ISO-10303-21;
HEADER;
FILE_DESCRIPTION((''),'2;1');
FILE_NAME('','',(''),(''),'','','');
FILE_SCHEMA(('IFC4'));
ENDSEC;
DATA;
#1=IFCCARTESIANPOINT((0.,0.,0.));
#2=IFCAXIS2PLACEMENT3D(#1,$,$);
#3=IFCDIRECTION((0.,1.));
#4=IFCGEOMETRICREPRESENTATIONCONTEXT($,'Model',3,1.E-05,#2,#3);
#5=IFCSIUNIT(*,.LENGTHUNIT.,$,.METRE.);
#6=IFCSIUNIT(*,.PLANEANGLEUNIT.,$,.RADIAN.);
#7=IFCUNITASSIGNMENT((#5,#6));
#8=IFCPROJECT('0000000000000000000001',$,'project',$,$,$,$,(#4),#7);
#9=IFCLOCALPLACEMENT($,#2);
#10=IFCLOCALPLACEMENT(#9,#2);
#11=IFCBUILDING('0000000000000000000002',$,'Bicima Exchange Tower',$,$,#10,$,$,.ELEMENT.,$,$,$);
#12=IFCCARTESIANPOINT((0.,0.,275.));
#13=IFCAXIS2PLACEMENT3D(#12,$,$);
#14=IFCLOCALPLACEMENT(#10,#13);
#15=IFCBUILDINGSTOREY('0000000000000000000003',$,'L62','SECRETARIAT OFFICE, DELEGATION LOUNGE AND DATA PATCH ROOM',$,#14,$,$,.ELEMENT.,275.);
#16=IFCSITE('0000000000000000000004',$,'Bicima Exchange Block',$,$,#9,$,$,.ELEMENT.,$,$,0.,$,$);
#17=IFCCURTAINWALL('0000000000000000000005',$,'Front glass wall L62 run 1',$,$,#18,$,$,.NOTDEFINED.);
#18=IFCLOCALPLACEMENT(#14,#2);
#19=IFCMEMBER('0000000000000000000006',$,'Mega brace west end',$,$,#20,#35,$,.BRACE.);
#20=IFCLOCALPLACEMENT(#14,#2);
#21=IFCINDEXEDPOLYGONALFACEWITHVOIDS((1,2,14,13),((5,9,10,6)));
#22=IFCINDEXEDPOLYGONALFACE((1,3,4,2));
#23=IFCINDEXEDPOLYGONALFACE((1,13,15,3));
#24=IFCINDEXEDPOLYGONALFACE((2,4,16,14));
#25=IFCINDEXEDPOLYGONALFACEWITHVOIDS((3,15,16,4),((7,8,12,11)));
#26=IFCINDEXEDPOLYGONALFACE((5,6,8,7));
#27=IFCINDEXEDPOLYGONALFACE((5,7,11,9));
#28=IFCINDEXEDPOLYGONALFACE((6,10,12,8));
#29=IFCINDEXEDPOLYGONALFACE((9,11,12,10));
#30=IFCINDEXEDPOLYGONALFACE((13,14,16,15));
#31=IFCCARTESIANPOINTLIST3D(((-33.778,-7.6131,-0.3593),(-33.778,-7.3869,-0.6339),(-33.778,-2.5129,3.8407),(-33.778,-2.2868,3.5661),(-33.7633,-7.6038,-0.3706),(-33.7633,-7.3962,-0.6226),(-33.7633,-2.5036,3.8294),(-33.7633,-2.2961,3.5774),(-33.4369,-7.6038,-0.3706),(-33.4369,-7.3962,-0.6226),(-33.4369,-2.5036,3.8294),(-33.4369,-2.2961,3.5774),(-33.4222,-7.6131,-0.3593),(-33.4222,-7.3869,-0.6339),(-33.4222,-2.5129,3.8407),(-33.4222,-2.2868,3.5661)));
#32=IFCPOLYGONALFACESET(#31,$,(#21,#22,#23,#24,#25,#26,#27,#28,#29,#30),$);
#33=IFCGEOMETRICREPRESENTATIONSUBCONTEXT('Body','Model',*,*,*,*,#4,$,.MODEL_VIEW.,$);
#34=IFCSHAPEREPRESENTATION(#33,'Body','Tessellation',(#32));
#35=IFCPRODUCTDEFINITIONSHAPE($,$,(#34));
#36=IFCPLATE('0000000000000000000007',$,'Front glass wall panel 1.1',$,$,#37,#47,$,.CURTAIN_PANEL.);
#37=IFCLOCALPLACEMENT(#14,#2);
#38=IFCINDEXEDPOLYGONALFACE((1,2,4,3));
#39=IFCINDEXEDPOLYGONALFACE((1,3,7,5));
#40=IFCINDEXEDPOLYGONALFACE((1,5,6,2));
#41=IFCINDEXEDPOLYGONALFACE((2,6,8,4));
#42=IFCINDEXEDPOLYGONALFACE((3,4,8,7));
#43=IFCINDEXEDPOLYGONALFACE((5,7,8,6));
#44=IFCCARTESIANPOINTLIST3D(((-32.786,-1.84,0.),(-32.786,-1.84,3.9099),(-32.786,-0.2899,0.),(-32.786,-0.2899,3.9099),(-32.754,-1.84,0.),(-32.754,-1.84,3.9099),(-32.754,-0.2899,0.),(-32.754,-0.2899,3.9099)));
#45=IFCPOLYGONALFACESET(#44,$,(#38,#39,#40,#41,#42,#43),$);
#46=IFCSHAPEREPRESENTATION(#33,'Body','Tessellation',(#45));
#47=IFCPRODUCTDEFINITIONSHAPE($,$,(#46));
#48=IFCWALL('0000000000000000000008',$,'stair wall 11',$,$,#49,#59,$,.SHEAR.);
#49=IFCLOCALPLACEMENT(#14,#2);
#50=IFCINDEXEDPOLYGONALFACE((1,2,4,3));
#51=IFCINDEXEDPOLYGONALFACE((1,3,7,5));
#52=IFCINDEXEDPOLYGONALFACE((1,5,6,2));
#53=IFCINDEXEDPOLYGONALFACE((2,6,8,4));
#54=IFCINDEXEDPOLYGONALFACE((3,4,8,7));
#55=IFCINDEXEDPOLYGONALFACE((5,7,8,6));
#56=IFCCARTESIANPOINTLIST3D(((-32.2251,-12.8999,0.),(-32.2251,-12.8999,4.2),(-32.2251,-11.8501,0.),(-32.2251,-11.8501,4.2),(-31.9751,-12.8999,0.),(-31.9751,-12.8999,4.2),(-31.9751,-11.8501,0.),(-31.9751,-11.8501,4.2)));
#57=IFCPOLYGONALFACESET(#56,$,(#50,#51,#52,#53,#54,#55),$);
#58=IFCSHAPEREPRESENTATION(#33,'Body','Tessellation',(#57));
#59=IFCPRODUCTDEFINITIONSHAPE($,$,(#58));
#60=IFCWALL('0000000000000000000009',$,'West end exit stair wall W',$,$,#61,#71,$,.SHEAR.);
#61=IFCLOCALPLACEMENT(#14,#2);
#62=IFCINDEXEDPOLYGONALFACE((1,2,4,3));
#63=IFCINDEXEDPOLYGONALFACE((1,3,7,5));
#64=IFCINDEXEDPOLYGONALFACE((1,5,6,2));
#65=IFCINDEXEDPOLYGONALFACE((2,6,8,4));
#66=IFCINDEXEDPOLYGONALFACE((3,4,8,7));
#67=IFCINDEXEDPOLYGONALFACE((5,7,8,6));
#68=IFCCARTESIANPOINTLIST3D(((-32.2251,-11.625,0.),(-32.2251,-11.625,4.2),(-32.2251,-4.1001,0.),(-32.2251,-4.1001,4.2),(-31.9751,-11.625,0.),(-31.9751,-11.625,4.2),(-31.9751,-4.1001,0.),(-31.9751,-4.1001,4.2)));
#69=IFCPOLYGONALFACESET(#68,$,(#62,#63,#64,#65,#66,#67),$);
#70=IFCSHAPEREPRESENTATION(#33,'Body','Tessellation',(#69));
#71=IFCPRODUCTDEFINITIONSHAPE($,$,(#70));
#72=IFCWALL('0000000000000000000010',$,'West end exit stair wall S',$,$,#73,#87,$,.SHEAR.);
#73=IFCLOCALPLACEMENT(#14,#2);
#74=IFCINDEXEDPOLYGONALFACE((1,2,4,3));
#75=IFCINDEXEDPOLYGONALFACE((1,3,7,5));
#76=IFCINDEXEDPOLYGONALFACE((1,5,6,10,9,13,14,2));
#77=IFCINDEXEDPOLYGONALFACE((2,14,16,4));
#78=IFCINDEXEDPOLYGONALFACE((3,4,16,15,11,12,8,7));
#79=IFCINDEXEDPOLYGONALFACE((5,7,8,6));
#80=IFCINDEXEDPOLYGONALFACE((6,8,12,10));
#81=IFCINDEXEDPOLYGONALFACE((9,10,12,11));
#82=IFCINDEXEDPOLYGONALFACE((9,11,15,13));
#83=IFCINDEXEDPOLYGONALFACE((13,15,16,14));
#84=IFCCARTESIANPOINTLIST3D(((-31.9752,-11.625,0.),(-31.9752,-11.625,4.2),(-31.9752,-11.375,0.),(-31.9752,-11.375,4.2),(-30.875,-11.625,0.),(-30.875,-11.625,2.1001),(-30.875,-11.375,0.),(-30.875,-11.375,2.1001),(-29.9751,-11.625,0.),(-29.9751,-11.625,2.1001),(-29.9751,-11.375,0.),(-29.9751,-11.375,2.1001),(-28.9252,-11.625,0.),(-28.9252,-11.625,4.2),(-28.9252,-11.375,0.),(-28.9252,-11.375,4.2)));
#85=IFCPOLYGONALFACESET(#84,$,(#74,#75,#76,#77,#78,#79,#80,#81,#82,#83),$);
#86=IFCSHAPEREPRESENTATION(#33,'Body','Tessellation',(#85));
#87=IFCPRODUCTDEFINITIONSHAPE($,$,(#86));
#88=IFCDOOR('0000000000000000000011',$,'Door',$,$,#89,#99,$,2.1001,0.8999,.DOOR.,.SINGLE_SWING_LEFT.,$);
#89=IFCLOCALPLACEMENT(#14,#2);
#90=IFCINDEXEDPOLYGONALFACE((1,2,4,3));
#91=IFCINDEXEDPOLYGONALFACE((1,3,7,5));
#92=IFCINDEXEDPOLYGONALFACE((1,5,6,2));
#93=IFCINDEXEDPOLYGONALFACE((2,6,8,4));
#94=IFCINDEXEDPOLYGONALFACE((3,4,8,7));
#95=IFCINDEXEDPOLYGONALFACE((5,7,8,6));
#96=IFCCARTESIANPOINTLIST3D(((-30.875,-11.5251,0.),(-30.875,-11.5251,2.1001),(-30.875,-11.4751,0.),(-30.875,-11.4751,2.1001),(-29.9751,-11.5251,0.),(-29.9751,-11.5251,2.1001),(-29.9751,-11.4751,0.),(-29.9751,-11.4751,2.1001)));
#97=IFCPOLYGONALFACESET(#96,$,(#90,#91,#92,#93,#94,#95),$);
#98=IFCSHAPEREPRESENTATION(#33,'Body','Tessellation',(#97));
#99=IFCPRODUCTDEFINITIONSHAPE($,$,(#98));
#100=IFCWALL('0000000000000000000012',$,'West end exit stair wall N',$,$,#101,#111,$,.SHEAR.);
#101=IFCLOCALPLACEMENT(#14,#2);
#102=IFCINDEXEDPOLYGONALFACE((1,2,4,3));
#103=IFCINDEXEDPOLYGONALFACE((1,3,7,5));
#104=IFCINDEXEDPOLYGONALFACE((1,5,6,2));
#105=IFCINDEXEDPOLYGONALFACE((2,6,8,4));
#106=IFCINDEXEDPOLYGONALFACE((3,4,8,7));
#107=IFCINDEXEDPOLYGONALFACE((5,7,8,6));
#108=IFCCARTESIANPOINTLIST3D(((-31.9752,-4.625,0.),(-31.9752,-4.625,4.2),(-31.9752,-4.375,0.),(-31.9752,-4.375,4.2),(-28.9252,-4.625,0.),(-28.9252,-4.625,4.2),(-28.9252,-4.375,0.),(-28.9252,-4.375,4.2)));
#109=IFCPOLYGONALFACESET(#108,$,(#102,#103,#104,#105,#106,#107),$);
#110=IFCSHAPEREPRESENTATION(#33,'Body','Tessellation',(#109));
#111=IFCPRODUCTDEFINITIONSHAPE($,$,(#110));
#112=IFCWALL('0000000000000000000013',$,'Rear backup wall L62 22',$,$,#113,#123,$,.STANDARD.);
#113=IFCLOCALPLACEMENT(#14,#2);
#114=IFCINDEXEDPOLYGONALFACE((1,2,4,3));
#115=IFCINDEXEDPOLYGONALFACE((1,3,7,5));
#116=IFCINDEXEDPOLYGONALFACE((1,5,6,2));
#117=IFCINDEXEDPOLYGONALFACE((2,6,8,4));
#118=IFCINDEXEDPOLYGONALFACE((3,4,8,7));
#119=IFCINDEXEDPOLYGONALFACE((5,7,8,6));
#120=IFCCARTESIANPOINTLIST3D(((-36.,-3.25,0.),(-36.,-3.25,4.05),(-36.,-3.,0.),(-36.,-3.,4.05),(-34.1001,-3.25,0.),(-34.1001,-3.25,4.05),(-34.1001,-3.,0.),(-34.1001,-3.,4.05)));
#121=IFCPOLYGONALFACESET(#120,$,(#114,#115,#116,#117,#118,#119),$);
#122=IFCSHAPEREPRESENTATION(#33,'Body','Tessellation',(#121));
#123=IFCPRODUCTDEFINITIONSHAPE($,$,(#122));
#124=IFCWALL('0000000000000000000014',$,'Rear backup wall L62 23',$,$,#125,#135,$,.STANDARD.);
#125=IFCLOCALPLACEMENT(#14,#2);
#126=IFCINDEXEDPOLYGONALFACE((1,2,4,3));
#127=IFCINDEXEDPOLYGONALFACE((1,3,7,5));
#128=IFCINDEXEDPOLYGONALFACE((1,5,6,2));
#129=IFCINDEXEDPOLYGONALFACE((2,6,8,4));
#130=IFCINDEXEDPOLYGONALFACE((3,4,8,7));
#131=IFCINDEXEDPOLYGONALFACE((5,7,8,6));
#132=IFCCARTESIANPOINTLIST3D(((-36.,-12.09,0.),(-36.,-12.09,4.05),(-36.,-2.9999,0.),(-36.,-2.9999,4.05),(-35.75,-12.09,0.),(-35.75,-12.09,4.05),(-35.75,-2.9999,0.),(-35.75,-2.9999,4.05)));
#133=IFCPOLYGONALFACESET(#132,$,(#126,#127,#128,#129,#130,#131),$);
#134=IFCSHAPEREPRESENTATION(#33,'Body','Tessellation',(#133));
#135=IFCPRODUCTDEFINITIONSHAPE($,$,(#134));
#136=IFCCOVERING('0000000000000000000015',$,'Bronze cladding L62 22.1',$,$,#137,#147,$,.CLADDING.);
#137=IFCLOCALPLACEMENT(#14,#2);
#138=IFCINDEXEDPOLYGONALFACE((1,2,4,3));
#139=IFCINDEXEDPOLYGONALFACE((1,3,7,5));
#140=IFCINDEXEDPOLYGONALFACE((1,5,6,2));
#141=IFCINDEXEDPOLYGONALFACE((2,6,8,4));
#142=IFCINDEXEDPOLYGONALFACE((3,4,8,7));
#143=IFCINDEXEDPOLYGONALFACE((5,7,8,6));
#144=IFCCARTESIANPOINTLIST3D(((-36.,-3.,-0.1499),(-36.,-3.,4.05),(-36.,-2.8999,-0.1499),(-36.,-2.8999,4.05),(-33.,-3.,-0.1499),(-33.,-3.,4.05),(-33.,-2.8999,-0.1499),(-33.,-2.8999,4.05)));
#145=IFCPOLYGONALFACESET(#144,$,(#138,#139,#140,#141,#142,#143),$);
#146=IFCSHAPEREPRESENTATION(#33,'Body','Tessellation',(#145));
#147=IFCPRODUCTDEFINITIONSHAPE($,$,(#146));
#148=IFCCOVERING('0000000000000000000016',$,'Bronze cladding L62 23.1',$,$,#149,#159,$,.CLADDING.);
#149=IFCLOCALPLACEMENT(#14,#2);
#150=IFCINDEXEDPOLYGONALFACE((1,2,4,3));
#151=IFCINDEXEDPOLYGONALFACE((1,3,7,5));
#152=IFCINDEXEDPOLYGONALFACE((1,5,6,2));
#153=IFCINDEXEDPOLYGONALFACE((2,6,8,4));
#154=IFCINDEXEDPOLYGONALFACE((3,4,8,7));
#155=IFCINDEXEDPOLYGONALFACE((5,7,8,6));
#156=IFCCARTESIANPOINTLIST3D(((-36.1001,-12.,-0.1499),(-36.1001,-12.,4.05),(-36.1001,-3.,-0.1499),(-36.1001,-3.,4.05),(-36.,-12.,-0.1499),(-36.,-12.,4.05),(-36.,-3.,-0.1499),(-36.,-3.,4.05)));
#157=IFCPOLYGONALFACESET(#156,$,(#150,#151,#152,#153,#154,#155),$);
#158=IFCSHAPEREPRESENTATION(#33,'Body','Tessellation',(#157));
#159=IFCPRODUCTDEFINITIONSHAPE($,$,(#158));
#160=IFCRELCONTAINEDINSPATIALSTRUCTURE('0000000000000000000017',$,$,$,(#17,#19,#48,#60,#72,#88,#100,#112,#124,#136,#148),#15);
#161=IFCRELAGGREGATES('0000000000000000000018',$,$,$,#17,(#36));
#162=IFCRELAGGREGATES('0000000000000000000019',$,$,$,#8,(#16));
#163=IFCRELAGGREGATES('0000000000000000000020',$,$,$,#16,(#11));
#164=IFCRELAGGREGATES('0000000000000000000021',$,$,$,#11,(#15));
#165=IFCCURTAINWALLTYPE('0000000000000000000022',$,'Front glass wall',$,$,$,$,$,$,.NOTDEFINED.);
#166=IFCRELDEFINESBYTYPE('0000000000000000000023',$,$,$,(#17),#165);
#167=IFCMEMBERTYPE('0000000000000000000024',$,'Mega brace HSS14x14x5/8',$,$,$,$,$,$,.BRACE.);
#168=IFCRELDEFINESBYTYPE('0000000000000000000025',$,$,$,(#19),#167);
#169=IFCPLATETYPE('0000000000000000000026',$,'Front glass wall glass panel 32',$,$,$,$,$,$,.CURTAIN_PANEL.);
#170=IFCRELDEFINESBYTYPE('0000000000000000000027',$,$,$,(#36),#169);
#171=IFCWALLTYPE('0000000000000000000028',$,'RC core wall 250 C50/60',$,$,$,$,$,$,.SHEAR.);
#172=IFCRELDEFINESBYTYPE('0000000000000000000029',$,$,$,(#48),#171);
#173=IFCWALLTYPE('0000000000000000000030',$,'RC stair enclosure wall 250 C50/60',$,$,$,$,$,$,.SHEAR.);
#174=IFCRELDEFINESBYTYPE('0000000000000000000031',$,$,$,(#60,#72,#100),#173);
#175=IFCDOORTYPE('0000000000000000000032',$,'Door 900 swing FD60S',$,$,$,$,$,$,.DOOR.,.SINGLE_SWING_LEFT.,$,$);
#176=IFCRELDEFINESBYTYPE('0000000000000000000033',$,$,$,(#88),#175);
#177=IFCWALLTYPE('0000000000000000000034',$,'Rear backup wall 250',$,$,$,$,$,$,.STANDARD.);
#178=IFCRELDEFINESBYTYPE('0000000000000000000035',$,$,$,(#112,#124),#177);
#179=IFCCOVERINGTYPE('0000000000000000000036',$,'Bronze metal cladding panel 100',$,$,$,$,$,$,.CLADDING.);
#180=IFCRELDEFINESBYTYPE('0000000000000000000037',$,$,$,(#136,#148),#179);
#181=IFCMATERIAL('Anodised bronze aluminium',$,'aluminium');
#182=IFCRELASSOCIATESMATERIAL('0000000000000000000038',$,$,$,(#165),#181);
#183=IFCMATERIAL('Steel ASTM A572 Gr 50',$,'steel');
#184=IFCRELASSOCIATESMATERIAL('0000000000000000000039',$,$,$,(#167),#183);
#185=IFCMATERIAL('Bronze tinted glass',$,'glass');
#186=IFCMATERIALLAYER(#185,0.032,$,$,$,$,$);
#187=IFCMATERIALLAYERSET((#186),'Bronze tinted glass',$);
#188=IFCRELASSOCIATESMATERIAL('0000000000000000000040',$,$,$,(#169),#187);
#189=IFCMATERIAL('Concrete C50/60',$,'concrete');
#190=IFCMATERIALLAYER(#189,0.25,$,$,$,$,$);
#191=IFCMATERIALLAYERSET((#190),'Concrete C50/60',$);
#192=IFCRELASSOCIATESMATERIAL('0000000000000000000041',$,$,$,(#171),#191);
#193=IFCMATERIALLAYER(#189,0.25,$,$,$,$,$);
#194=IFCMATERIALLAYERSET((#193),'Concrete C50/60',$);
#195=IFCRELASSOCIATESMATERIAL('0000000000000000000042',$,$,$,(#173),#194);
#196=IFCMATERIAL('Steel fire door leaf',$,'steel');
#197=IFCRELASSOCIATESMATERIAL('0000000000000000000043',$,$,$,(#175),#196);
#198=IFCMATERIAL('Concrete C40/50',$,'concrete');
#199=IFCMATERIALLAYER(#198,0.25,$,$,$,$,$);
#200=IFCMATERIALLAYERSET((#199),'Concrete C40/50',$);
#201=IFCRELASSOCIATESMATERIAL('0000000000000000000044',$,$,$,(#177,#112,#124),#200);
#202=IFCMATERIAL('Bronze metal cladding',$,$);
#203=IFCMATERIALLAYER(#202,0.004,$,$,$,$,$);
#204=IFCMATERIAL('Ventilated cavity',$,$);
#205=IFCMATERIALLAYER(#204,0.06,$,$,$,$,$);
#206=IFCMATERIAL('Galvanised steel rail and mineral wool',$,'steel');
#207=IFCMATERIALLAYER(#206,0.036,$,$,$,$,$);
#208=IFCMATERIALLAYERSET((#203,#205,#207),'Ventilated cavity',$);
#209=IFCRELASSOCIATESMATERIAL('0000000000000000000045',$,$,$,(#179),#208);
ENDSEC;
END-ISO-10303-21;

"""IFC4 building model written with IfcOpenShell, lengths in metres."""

from ifc_helpers import new_model, si_unit, direction, frame, frame_2d, origin, origin_2d, place, context, subcontext, project, spatial, rectangle, hollow_rectangle, extrude, material, layer, layer_set, layer_usage, material_profile, profile_set, type_object, element, fill, aggregate, save


model = new_model("IFC4")

# Units and contexts
model_context = context("Model", 3, precision=1e-05, world=origin(), true_north=direction((0.0, 1.0)))
body_context = subcontext(model_context, "Body", "Model", "MODEL_VIEW")
ifc_project = project(units=[si_unit("LENGTHUNIT", "METRE"), si_unit("PLANEANGLEUNIT", "RADIAN")], contexts=[model_context])

# Site, building, storey
site_placement = place(None, origin())
site = spatial("IfcSite", under=ifc_project, at=site_placement, Name="Bicima Exchange Block", CompositionType="ELEMENT", RefElevation=0.0)
building_placement = place(site_placement, origin())
building = spatial("IfcBuilding", under=site, at=building_placement, Name="Bicima Exchange Tower", CompositionType="ELEMENT")
storey_placement = place(building_placement, frame((0.0, 0.0, 275.0)))
storey = spatial("IfcBuildingStorey", under=building, at=storey_placement, Name="L62", Description="SECRETARIAT OFFICE, DELEGATION LOUNGE AND DATA PATCH ROOM", CompositionType="ELEMENT", Elevation=275.0)

# Shared definitions
ifc_material_1 = material(Name="Steel ASTM A572 Gr 50", Category="steel")

# Shared definitions
ifc_material_2 = material(Name="Anodised bronze aluminium", Category="aluminium")

# Curtain wall
curtain_wall_type_1 = type_object("IfcCurtainWallType", Name="Front glass wall", PredefinedType="NOTDEFINED", material=ifc_material_2)
curtain_wall_1_placement = place(storey_placement, origin())
curtain_wall_1 = element("IfcCurtainWall", 1, at=curtain_wall_1_placement, inside=storey, type_object=curtain_wall_type_1, Name="Front glass wall L62 run 1", PredefinedType="NOTDEFINED")

# Member
ifc_material_profile_1 = material_profile(ifc_material_1, hollow_rectangle(XDim=0.3557, YDim=0.3557, WallThickness=0.0146, at=origin_2d()))
ifc_profile_set_1 = profile_set([ifc_material_profile_1], Name="Steel ASTM A572 Gr 50")
member_type_1 = type_object("IfcMemberType", Name="Mega brace HSS14x14x5/8", PredefinedType="BRACE", material=ifc_profile_set_1)
for number, where, z_axis, x_axis, name in (
    (2, (-33.6001, -7.5, -0.4966), (0.0, 0.77194, 0.635696), (-1.0, 0.0, 0.0), "Mega brace west end"),
):
    element("IfcMember", number, at=place(storey_placement, frame(where, z_axis=z_axis, x_axis=x_axis)), inside=storey, type_object=member_type_1, Name=name, PredefinedType="BRACE", context=body_context, shape_type="SweptSolid", body=[
        extrude(hollow_rectangle(XDim=0.3557, YDim=0.3557, WallThickness=0.0146, at=origin_2d()), origin(), (0.0, 0.0, 1.0), 6.6069),
    ])

# Plate
ifc_material_3 = material(Name="Bronze tinted glass", Category="glass")
ifc_layer_1 = layer(ifc_material_3, 0.032)
ifc_layer_set_1 = layer_set([ifc_layer_1], Name="Bronze tinted glass")
plate_type = type_object("IfcPlateType", Name="Front glass wall glass panel 32", PredefinedType="CURTAIN_PANEL", material=ifc_layer_set_1)
plate_placement = place(storey_placement, frame((-32.77, -1.0649, 0.0), z_axis=(0.0, 0.0, 1.0), x_axis=(0.0, -1.0, 0.0)))
plate = element("IfcPlate", 3, at=plate_placement, type_object=plate_type, Name="Front glass wall panel 1.1", PredefinedType="CURTAIN_PANEL", context=body_context, shape_type="SweptSolid", body=[
    extrude(rectangle(XDim=1.55, YDim=0.032, at=origin_2d()), origin(), (0.0, 0.0, 1.0), 3.9099),
])
aggregate(curtain_wall_1, [plate])

# Walls
ifc_material_4 = material(Name="Concrete C50/60", Category="concrete")
ifc_layer_2 = layer(ifc_material_4, 0.25)
ifc_layer_set_2 = layer_set([ifc_layer_2], Name="Concrete C50/60")
wall_type_1 = type_object("IfcWallType", Name="RC core wall 250 C50/60", PredefinedType="SHEAR", material=ifc_layer_set_2)
wall_1_placement = place(storey_placement, frame((-32.1001, -12.8999, 0.0), z_axis=(0.0, 0.0, 1.0), x_axis=(0.0, 1.0, 0.0)))
element("IfcWall", 4, at=wall_1_placement, inside=storey, type_object=wall_type_1, Name="stair wall 11", PredefinedType="SHEAR", context=body_context, shape_type="SweptSolid", body=[
    extrude(rectangle(XDim=1.0498, YDim=0.25, at=frame_2d((0.5249, 0.0))), origin(), (0.0, 0.0, 1.0), 4.2),
])
ifc_layer_3 = layer(ifc_material_4, 0.25)
ifc_layer_set_3 = layer_set([ifc_layer_3], Name="Concrete C50/60")
wall_type_2 = type_object("IfcWallType", Name="RC stair enclosure wall 250 C50/60", PredefinedType="SHEAR", material=ifc_layer_set_3)
wall_2_placement = place(storey_placement, frame((-32.1001, -11.625, 0.0), z_axis=(0.0, 0.0, 1.0), x_axis=(0.0, 1.0, 0.0)))
element("IfcWall", 5, at=wall_2_placement, inside=storey, type_object=wall_type_2, Name="West end exit stair wall W", PredefinedType="SHEAR", context=body_context, shape_type="SweptSolid", body=[
    extrude(rectangle(XDim=7.5249, YDim=0.25, at=frame_2d((3.7625, 0.0))), origin(), (0.0, 0.0, 1.0), 4.2),
])

# Wall, opening, door
wall_3_placement = place(storey_placement, frame((-31.9751, -11.5, 0.0), z_axis=(0.0, 0.0, 1.0), x_axis=(1.0, 0.0, 0.0)))
wall_3 = element("IfcWall", 6, at=wall_3_placement, inside=storey, type_object=wall_type_2, Name="West end exit stair wall S", PredefinedType="SHEAR", context=body_context, shape_type="SweptSolid", body=[
    extrude(rectangle(XDim=3.05, YDim=0.25, at=frame_2d((1.5249, 0.0))), origin(), (0.0, 0.0, 1.0), 4.2),
])
opening_placement = place(wall_3_placement, frame((1.1001, 0.0, 0.0)))
opening = element("IfcOpeningElement", 7, at=opening_placement, cuts=wall_3, PredefinedType="OPENING", context=body_context, shape_type="SweptSolid", body=[
    extrude(rectangle(XDim=0.8999, YDim=2.1001, at=frame_2d((0.45, 1.05))), frame((0.0, 0.137, 0.0), z_axis=(0.0, -1.0, 0.0), x_axis=(1.0, 0.0, 0.0)), (0.0, 0.0, 1.0), 0.2739),
])
ifc_material_5 = material(Name="Steel fire door leaf", Category="steel")
door_type = type_object("IfcDoorType", Name="Door 900 swing FD60S", OperationType="SINGLE_SWING_LEFT", PredefinedType="DOOR", material=ifc_material_5)
door_placement = place(opening_placement, origin())
door = element("IfcDoor", 8, at=door_placement, inside=storey, type_object=door_type, Name="Door", OperationType="SINGLE_SWING_LEFT", OverallHeight=2.1001, OverallWidth=0.8999, PredefinedType="DOOR", context=body_context, shape_type="SweptSolid", body=[
    extrude(rectangle(XDim=0.8999, YDim=2.1001, at=frame_2d((0.45, 1.05))), frame((0.0, 0.0249, 0.0), z_axis=(0.0, -1.0, 0.0), x_axis=(1.0, 0.0, 0.0)), (0.0, 0.0, 1.0), 0.05),
])
fill(opening, door)

# Walls
wall_4_placement = place(storey_placement, frame((-31.9751, -4.5, 0.0), z_axis=(0.0, 0.0, 1.0), x_axis=(1.0, 0.0, 0.0)))
element("IfcWall", 9, at=wall_4_placement, inside=storey, type_object=wall_type_2, Name="West end exit stair wall N", PredefinedType="SHEAR", context=body_context, shape_type="SweptSolid", body=[
    extrude(rectangle(XDim=3.05, YDim=0.25, at=frame_2d((1.5249, 0.0))), origin(), (0.0, 0.0, 1.0), 4.2),
])
ifc_material_6 = material(Name="Concrete C40/50", Category="concrete")
ifc_layer_4 = layer(ifc_material_6, 0.25)
ifc_layer_set_4 = layer_set([ifc_layer_4], Name="Concrete C40/50")
ifc_layer_usage = layer_usage(ifc_layer_set_4, "AXIS2", "POSITIVE", -0.125)
wall_type_3 = type_object("IfcWallType", Name="Rear backup wall 250", PredefinedType="STANDARD", material=ifc_layer_set_4)
wall_5_placement = place(storey_placement, frame((-34.1001, -3.125, 0.0), z_axis=(0.0, 0.0, 1.0), x_axis=(-1.0, 0.0, 0.0)))
element("IfcWall", 10, at=wall_5_placement, inside=storey, type_object=wall_type_3, material=ifc_layer_usage, Name="Rear backup wall L62 22", PredefinedType="STANDARD", context=body_context, shape_type="SweptSolid", body=[
    extrude(rectangle(XDim=1.8999, YDim=0.25, at=frame_2d((0.95, 0.0))), origin(), (0.0, 0.0, 1.0), 4.05),
])
wall_6_placement = place(storey_placement, frame((-35.875, -3.0, 0.0), z_axis=(0.0, 0.0, 1.0), x_axis=(0.0, -1.0, 0.0)))
element("IfcWall", 11, at=wall_6_placement, inside=storey, type_object=wall_type_3, material=ifc_layer_usage, Name="Rear backup wall L62 23", PredefinedType="STANDARD", context=body_context, shape_type="SweptSolid", body=[
    extrude(rectangle(XDim=9.0901, YDim=0.25, at=frame_2d((4.5449, 0.0))), origin(), (0.0, 0.0, 1.0), 4.05),
])

# Coverings
ifc_material_7 = material(Name="Bronze metal cladding")
ifc_layer_5 = layer(ifc_material_7, 0.004)
ifc_material_8 = material(Name="Ventilated cavity")
ifc_layer_6 = layer(ifc_material_8, 0.06)
ifc_material_9 = material(Name="Galvanised steel rail and mineral wool", Category="steel")
ifc_layer_7 = layer(ifc_material_9, 0.036)
ifc_layer_set_5 = layer_set([ifc_layer_5, ifc_layer_6, ifc_layer_7], Name="Ventilated cavity")
covering_type = type_object("IfcCoveringType", Name="Bronze metal cladding panel 100", PredefinedType="CLADDING", material=ifc_layer_set_5)
covering_1_placement = place(storey_placement, frame((-34.5, -2.95, -0.1499), z_axis=(0.0, 0.0, 1.0), x_axis=(-1.0, 0.0, 0.0)))
element("IfcCovering", 12, at=covering_1_placement, inside=storey, type_object=covering_type, Name="Bronze cladding L62 22.1", PredefinedType="CLADDING", context=body_context, shape_type="SweptSolid", body=[
    extrude(rectangle(XDim=3.0, YDim=0.1001, at=origin_2d()), origin(), (0.0, 0.0, 1.0), 4.2),
])
covering_2_placement = place(storey_placement, frame((-36.05, -7.5, -0.1499), z_axis=(0.0, 0.0, 1.0), x_axis=(0.0, -1.0, 0.0)))
element("IfcCovering", 13, at=covering_2_placement, inside=storey, type_object=covering_type, Name="Bronze cladding L62 23.1", PredefinedType="CLADDING", context=body_context, shape_type="SweptSolid", body=[
    extrude(rectangle(XDim=9.0, YDim=0.1001, at=origin_2d()), origin(), (0.0, 0.0, 1.0), 4.2),
])

save(model, "model.ifc")
